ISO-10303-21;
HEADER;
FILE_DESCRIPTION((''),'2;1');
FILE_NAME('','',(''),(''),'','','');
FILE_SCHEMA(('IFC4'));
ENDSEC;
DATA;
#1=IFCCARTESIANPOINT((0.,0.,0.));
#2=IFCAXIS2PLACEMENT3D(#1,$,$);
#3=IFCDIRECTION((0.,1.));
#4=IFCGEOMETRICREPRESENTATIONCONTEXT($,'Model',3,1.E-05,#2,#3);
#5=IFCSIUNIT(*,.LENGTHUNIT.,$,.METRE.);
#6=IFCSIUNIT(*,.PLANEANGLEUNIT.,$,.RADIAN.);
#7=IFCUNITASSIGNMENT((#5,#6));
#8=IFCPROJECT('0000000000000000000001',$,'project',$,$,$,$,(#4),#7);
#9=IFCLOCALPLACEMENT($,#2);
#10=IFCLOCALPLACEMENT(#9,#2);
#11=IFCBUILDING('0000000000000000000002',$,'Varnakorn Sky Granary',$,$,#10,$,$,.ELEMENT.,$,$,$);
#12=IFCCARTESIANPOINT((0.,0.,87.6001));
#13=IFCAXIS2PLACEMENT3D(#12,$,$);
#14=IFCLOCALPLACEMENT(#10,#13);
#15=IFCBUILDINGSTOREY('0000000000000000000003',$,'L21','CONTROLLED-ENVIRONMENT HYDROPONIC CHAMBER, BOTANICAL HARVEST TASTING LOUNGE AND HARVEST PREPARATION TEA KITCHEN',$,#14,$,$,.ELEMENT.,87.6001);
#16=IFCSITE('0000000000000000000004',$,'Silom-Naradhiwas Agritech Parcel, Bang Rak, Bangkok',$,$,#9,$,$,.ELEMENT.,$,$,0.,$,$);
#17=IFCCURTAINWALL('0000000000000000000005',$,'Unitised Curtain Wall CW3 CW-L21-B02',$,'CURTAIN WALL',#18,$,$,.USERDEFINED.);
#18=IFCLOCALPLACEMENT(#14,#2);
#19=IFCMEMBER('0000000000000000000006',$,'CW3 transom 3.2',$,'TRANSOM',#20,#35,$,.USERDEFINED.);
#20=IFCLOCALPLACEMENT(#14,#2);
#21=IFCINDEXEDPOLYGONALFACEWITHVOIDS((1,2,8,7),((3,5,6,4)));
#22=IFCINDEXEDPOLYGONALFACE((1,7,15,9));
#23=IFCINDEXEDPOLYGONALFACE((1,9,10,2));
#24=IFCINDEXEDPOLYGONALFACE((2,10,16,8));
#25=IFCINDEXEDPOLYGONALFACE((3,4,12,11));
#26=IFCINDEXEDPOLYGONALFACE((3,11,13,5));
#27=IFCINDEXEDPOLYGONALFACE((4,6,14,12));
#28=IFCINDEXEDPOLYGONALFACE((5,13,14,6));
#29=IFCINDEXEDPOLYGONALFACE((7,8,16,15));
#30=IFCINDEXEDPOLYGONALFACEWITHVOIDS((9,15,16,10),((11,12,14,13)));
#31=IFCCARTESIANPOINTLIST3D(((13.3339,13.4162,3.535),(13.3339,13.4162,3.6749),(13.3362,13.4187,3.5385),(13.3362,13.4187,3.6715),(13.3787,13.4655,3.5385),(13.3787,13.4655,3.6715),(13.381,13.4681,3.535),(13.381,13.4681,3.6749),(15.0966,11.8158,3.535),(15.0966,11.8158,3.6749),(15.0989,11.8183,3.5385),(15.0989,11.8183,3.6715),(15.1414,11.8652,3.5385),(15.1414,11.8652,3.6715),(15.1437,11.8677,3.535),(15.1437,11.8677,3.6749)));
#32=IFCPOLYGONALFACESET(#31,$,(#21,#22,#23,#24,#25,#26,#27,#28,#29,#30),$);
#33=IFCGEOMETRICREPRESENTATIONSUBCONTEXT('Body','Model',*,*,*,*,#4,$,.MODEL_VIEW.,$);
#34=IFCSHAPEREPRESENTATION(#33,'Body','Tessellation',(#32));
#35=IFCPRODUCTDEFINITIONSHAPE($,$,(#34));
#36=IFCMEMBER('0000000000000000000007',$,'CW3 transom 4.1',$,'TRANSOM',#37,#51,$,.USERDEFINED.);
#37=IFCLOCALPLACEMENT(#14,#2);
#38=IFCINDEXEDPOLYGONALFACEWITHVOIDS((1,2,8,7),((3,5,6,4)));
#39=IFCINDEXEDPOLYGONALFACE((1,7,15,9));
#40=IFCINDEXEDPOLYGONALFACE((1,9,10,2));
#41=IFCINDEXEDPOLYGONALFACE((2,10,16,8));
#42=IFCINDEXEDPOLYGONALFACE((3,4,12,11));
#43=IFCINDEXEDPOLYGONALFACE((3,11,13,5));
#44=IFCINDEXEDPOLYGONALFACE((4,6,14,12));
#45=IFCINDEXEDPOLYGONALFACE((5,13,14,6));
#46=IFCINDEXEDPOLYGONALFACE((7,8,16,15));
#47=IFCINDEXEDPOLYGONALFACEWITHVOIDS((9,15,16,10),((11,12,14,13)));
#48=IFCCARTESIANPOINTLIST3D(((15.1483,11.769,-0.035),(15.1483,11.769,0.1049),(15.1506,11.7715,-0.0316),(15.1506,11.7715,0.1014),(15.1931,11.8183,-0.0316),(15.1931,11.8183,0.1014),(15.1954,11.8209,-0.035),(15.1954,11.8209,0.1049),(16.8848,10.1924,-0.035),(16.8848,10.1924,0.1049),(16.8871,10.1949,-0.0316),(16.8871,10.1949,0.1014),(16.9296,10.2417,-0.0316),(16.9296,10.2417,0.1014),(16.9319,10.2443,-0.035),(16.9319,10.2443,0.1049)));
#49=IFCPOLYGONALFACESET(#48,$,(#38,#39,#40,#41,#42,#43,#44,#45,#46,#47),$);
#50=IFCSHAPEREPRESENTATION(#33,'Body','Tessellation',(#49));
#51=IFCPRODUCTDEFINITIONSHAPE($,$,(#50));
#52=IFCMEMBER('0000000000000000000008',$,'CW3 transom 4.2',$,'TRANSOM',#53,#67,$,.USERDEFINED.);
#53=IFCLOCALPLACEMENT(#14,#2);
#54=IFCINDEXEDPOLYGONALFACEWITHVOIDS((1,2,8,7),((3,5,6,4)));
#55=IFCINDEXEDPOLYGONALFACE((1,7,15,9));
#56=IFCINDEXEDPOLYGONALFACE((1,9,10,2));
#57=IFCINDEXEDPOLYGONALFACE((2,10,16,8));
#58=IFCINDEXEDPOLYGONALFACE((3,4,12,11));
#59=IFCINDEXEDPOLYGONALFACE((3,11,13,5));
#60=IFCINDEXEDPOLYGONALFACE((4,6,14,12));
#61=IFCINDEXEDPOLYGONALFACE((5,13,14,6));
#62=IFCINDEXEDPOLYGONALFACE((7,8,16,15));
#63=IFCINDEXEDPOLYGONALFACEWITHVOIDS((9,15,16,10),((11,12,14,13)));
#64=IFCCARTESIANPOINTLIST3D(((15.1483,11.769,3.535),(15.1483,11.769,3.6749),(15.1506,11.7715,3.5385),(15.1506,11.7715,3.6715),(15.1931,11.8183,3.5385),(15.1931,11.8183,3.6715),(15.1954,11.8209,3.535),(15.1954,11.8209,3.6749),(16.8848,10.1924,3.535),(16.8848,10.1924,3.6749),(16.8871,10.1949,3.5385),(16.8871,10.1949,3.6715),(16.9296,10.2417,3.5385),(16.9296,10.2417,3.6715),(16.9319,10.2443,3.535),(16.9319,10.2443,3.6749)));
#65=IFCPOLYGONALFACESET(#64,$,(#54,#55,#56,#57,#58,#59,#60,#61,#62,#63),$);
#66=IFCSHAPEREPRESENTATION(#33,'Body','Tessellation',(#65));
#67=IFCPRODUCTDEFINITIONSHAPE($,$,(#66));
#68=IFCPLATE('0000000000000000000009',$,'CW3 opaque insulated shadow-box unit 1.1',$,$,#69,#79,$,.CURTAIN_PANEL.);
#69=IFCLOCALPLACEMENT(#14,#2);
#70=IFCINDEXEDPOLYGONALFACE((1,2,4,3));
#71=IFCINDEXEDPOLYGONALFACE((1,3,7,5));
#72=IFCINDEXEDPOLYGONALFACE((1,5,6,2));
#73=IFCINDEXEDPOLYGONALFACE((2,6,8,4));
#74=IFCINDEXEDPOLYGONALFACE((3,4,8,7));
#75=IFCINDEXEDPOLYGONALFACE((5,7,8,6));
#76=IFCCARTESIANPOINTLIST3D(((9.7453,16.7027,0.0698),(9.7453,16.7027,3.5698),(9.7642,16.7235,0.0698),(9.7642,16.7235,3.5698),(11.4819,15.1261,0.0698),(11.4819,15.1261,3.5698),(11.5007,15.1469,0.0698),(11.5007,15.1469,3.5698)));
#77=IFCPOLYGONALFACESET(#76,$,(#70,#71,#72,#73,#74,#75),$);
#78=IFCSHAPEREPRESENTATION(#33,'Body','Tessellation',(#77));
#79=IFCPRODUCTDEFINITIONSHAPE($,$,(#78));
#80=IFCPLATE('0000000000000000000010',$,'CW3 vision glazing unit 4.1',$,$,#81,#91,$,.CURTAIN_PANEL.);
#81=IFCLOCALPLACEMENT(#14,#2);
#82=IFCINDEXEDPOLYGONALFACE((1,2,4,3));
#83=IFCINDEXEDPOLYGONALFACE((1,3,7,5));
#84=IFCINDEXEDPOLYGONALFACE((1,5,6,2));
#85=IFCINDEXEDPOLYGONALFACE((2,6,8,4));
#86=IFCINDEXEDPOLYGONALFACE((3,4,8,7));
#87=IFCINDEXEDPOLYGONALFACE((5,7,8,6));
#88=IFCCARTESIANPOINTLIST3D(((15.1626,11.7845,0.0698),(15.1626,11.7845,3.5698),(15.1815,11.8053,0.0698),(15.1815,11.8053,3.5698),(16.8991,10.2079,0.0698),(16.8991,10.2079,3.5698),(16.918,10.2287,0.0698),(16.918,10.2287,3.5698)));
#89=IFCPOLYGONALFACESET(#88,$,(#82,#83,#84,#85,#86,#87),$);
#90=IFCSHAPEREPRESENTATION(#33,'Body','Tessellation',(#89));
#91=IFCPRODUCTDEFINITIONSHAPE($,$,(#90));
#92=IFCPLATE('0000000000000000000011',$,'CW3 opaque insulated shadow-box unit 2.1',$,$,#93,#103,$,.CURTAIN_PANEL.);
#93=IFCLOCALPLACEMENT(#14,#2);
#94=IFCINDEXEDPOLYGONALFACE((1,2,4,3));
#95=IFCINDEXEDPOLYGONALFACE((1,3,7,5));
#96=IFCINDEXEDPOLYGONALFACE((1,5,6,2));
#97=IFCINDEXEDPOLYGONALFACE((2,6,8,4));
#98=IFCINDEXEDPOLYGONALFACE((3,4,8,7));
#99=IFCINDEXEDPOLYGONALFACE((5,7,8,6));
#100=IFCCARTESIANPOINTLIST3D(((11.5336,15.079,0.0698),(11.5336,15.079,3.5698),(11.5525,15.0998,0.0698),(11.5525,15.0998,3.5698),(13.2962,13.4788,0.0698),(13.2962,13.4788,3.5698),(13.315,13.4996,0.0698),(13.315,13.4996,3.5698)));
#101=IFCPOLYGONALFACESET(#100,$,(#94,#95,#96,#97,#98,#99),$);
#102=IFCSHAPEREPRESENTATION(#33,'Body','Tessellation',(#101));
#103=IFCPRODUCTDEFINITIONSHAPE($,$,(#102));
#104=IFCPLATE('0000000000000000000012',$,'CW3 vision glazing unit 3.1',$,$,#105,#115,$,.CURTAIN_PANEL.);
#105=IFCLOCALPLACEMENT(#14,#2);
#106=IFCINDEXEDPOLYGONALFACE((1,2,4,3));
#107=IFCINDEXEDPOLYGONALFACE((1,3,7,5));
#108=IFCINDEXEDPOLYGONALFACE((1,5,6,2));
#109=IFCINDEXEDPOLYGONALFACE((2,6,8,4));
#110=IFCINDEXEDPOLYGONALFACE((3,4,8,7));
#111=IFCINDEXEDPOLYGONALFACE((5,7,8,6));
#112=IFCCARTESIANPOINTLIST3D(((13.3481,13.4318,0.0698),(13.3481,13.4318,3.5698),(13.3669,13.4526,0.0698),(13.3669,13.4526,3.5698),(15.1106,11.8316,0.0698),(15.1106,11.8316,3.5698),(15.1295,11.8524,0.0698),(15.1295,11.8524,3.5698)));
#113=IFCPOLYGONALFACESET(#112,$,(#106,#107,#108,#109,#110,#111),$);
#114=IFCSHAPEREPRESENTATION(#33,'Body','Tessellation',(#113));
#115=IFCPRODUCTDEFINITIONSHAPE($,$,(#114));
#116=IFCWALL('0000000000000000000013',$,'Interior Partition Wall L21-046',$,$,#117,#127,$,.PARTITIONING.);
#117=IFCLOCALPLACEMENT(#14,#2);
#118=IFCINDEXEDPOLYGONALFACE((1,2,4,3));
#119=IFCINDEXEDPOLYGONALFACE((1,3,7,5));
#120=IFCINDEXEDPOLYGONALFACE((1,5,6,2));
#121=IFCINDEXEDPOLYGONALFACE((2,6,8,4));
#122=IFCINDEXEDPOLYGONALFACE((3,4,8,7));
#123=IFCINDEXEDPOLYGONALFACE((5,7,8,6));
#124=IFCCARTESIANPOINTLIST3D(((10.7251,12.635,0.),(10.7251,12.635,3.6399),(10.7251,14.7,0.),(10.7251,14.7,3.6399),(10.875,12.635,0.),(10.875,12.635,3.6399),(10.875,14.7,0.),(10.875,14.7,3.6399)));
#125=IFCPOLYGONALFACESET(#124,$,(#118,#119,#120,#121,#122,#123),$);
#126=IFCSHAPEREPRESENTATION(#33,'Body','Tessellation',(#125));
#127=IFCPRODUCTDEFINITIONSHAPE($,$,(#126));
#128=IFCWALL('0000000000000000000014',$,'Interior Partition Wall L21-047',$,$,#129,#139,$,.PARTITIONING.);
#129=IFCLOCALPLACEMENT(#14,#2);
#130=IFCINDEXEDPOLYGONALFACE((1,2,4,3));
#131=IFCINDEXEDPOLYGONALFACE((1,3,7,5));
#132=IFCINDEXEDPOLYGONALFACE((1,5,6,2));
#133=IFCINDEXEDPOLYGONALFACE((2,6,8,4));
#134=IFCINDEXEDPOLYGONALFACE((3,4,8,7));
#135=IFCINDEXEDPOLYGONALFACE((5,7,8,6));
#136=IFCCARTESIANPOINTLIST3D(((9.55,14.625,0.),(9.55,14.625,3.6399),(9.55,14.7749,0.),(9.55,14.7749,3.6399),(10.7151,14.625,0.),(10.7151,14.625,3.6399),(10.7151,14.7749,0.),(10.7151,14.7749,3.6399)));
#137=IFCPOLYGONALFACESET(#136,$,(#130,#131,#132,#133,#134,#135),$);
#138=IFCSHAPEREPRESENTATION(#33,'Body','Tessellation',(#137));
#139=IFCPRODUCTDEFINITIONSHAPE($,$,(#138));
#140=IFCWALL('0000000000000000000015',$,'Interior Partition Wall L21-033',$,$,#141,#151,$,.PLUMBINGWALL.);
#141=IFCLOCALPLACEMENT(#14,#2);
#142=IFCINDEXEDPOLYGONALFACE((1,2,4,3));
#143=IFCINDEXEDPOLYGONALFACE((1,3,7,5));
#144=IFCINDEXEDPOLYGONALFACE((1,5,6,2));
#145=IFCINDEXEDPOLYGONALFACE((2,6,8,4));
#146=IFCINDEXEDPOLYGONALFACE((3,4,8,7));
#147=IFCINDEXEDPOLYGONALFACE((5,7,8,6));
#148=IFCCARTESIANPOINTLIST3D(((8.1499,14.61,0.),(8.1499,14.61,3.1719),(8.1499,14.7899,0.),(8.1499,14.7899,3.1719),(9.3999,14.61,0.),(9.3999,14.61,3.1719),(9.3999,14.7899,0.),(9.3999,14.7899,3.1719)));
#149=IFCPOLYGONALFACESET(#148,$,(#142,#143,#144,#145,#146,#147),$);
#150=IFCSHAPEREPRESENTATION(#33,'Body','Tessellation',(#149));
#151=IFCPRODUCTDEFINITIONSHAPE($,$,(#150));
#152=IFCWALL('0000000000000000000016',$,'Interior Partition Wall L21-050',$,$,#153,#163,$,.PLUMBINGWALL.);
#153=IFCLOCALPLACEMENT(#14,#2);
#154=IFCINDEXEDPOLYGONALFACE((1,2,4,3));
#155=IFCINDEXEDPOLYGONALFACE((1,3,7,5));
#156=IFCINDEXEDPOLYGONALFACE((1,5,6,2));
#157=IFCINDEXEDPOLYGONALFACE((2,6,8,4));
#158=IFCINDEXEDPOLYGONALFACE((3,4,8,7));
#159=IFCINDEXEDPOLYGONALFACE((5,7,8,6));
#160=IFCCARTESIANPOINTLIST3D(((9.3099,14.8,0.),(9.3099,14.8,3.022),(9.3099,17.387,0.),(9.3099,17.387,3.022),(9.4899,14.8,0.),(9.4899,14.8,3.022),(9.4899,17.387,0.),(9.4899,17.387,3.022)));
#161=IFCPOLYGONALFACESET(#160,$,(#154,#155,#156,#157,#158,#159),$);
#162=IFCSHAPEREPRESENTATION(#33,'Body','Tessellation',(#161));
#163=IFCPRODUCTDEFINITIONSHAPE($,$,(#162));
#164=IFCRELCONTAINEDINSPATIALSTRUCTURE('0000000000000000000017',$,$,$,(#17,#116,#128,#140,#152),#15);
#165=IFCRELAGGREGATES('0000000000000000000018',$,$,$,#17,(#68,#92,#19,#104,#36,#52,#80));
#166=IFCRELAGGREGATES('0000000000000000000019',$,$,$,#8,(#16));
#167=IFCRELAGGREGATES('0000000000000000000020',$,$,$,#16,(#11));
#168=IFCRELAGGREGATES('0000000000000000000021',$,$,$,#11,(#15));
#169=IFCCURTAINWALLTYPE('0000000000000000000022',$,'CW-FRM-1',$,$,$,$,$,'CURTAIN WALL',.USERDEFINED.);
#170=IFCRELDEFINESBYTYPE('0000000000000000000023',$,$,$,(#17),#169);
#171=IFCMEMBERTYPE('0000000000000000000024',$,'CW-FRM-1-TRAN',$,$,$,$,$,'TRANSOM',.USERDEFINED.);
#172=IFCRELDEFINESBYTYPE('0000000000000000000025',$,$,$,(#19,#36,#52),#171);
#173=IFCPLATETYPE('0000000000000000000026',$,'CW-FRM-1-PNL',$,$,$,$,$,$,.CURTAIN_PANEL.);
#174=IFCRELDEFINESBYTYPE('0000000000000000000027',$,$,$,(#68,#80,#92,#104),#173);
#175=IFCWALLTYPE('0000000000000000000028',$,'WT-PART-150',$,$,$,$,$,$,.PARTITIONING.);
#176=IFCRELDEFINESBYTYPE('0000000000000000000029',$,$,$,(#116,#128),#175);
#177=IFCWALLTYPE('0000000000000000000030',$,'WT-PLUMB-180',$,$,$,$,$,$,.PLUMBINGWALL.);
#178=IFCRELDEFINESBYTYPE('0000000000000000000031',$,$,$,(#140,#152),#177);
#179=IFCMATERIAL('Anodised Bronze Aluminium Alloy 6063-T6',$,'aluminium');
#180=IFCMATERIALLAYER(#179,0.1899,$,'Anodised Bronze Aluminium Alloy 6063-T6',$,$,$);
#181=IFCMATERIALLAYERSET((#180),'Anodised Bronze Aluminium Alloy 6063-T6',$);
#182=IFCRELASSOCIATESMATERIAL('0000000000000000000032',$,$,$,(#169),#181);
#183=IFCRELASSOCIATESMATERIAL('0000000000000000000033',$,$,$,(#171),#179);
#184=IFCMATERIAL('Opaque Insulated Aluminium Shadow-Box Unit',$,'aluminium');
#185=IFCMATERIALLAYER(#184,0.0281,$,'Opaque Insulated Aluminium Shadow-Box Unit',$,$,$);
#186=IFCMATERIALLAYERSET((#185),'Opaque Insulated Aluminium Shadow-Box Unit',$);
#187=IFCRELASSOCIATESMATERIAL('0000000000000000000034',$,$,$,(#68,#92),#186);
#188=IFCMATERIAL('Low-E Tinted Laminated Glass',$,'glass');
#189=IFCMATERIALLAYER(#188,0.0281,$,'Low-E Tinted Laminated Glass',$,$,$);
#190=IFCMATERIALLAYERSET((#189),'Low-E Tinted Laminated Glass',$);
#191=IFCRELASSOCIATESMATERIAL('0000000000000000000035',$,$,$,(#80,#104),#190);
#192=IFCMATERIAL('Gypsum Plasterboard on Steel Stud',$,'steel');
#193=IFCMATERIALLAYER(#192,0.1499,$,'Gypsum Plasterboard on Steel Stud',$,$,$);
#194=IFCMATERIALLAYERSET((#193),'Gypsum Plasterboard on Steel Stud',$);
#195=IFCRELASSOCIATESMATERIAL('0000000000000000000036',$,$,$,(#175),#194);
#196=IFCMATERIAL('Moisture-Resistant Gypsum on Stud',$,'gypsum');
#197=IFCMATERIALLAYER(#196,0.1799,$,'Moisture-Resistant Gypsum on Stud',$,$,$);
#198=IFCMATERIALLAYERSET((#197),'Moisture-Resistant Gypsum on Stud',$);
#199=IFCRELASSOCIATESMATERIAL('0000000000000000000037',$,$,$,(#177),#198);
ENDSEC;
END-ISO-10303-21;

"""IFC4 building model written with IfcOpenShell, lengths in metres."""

from ifc_helpers import new_model, si_unit, direction, frame, frame_2d, origin, origin_2d, place, context, subcontext, project, spatial, rectangle, hollow_rectangle, extrude, source, transform, mapped, material, layer, layer_set, material_profile, profile_set, type_object, type_shapes, element, aggregate, save


model = new_model("IFC4")

# Units and contexts
model_context = context("Model", 3, precision=1e-05, world=origin(), true_north=direction((0.0, 1.0)))
body_context = subcontext(model_context, "Body", "Model", "MODEL_VIEW")
ifc_project = project(units=[si_unit("LENGTHUNIT", "METRE"), si_unit("PLANEANGLEUNIT", "RADIAN")], contexts=[model_context])

# Site, building, storey
site_placement = place(None, origin())
site = spatial("IfcSite", under=ifc_project, at=site_placement, Name="Silom-Naradhiwas Agritech Parcel, Bang Rak, Bangkok", CompositionType="ELEMENT", RefElevation=0.0)
building_placement = place(site_placement, origin())
building = spatial("IfcBuilding", under=site, at=building_placement, Name="Varnakorn Sky Granary", CompositionType="ELEMENT")
storey_placement = place(building_placement, frame((0.0, 0.0, 87.6001)))
storey = spatial("IfcBuildingStorey", under=building, at=storey_placement, Name="L21", Description="CONTROLLED-ENVIRONMENT HYDROPONIC CHAMBER, BOTANICAL HARVEST TASTING LOUNGE AND HARVEST PREPARATION TEA KITCHEN", CompositionType="ELEMENT", Elevation=87.6001)

# Curtain wall, members, plates
ifc_material_1 = material(Name="Anodised Bronze Aluminium Alloy 6063-T6", Category="aluminium")
ifc_layer_1 = layer(ifc_material_1, 0.1899, Name="Anodised Bronze Aluminium Alloy 6063-T6")
ifc_layer_set_1 = layer_set([ifc_layer_1], Name="Anodised Bronze Aluminium Alloy 6063-T6")
curtain_wall_type = type_object("IfcCurtainWallType", Name="CW-FRM-1", ElementType="CURTAIN WALL", PredefinedType="USERDEFINED", material=ifc_layer_set_1)
curtain_wall_placement = place(storey_placement, origin())
curtain_wall = element("IfcCurtainWall", 1, at=curtain_wall_placement, inside=storey, type_object=curtain_wall_type, Name="Unitised Curtain Wall CW3 CW-L21-B02", ObjectType="CURTAIN WALL", PredefinedType="USERDEFINED")
ifc_material_profile_1 = material_profile(ifc_material_1, hollow_rectangle(XDim=0.0701, YDim=0.1399, WallThickness=0.0034, at=origin_2d()), Name="ALU TRAN 70x140")
ifc_profile_set_1 = profile_set([ifc_material_profile_1], Name="Anodised Bronze Aluminium Alloy 6063-T6")
member_type_1 = type_object("IfcMemberType", Name="CW-FRM-1-TRAN", ElementType="TRANSOM", PredefinedType="USERDEFINED", material=ifc_profile_set_1)
member_1_placement = place(storey_placement, frame((13.3574, 13.4421, 3.605), z_axis=(0.740381, -0.672188, 0.0), x_axis=(0.672188, 0.740381, 0.0)))
member_1 = element("IfcMember", 2, at=member_1_placement, type_object=member_type_1, Name="CW3 transom 3.2", ObjectType="TRANSOM", PredefinedType="USERDEFINED", context=body_context, shape_type="SweptSolid", body=[
    extrude(hollow_rectangle(XDim=0.0701, YDim=0.1399, WallThickness=0.0034, at=origin_2d()), origin(), (0.0, 0.0, 1.0), 2.3809),
])
member_2_placement = place(storey_placement, frame((15.1719, 11.7949, 0.0349), z_axis=(0.740373, -0.672196, 0.0), x_axis=(0.672196, 0.740373, 0.0)))
member_2 = element("IfcMember", 3, at=member_2_placement, type_object=member_type_1, Name="CW3 transom 4.1", ObjectType="TRANSOM", PredefinedType="USERDEFINED", context=body_context, shape_type="SweptSolid", body=[
    extrude(hollow_rectangle(XDim=0.0701, YDim=0.1399, WallThickness=0.0034, at=origin_2d()), origin(), (0.0, 0.0, 1.0), 2.3455),
])
member_3_placement = place(storey_placement, frame((15.1719, 11.7949, 3.605), z_axis=(0.740373, -0.672196, 0.0), x_axis=(0.672196, 0.740373, 0.0)))
member_3 = element("IfcMember", 4, at=member_3_placement, type_object=member_type_1, Name="CW3 transom 4.2", ObjectType="TRANSOM", PredefinedType="USERDEFINED", context=body_context, shape_type="SweptSolid", body=[
    extrude(hollow_rectangle(XDim=0.0701, YDim=0.1399, WallThickness=0.0034, at=origin_2d()), origin(), (0.0, 0.0, 1.0), 2.3455),
])
ifc_material_2 = material(Name="Opaque Insulated Aluminium Shadow-Box Unit", Category="aluminium")
ifc_layer_2 = layer(ifc_material_2, 0.0281, Name="Opaque Insulated Aluminium Shadow-Box Unit")
ifc_layer_set_2 = layer_set([ifc_layer_2], Name="Opaque Insulated Aluminium Shadow-Box Unit")
plate_type = type_object("IfcPlateType", Name="CW-FRM-1-PNL", PredefinedType="CURTAIN_PANEL")
shared_shape_1 = source(origin(), body_context, "Body", "SweptSolid", [
    extrude(rectangle(XDim=2.3455, YDim=0.0281, at=origin_2d()), origin(), (0.0, 0.0, 1.0), 3.5),
])
plate_1_placement = place(storey_placement, frame((10.623, 15.9248, 0.0698), z_axis=(0.0, 0.0, 1.0), x_axis=(0.740378, -0.67219, 0.0)))
plate_1 = element("IfcPlate", 5, at=plate_1_placement, type_object=plate_type, material=ifc_layer_set_2, Name="CW3 opaque insulated shadow-box unit 1.1", PredefinedType="CURTAIN_PANEL", context=body_context, shape_type="MappedRepresentation", body=[
    mapped(shared_shape_1, transform((0.0, 0.0, 0.0), x_axis=(1.0, 0.0, 0.0), y_axis=(0.0, 1.0, 0.0), z_axis=(0.0, 0.0, 1.0), scale=1.0)),
])
ifc_material_3 = material(Name="Low-E Tinted Laminated Glass", Category="glass")
ifc_layer_3 = layer(ifc_material_3, 0.0281, Name="Low-E Tinted Laminated Glass")
ifc_layer_set_3 = layer_set([ifc_layer_3], Name="Low-E Tinted Laminated Glass")
plate_2_placement = place(storey_placement, frame((16.0403, 11.0066, 0.0698), z_axis=(0.0, 0.0, 1.0), x_axis=(0.740378, -0.67219, 0.0)))
plate_2 = element("IfcPlate", 6, at=plate_2_placement, type_object=plate_type, material=ifc_layer_set_3, Name="CW3 vision glazing unit 4.1", PredefinedType="CURTAIN_PANEL", context=body_context, shape_type="MappedRepresentation", body=[
    mapped(shared_shape_1, transform((0.0, 0.0, 0.0), x_axis=(1.0, 0.0, 0.0), y_axis=(0.0, 1.0, 0.0), z_axis=(0.0, 0.0, 1.0), scale=1.0)),
])
shared_shape_2 = source(origin(), body_context, "Body", "SweptSolid", [
    extrude(rectangle(XDim=2.3806, YDim=0.0281, at=origin_2d()), origin(), (0.0, 0.0, 1.0), 3.5),
])
type_shapes(plate_type, [shared_shape_1, shared_shape_2])
plate_3_placement = place(storey_placement, frame((12.4243, 14.2893, 0.0698), z_axis=(0.0, 0.0, 1.0), x_axis=(0.740378, -0.67219, 0.0)))
plate_3 = element("IfcPlate", 7, at=plate_3_placement, type_object=plate_type, material=ifc_layer_set_2, Name="CW3 opaque insulated shadow-box unit 2.1", PredefinedType="CURTAIN_PANEL", context=body_context, shape_type="MappedRepresentation", body=[
    mapped(shared_shape_2, transform((0.0, 0.0, 0.0), x_axis=(1.0, 0.0, 0.0), y_axis=(0.0, 1.0, 0.0), z_axis=(0.0, 0.0, 1.0), scale=1.0)),
])
plate_4_placement = place(storey_placement, frame((14.2388, 12.6421, 0.0698), z_axis=(0.0, 0.0, 1.0), x_axis=(0.740378, -0.67219, 0.0)))
plate_4 = element("IfcPlate", 8, at=plate_4_placement, type_object=plate_type, material=ifc_layer_set_3, Name="CW3 vision glazing unit 3.1", PredefinedType="CURTAIN_PANEL", context=body_context, shape_type="MappedRepresentation", body=[
    mapped(shared_shape_2, transform((0.0, 0.0, 0.0), x_axis=(1.0, 0.0, 0.0), y_axis=(0.0, 1.0, 0.0), z_axis=(0.0, 0.0, 1.0), scale=1.0)),
])
aggregate(curtain_wall, [plate_1, plate_3, member_1, plate_4, member_2, member_3, plate_2])

# Walls
ifc_material_4 = material(Name="Gypsum Plasterboard on Steel Stud", Category="steel")
ifc_layer_4 = layer(ifc_material_4, 0.1499, Name="Gypsum Plasterboard on Steel Stud")
ifc_layer_set_4 = layer_set([ifc_layer_4], Name="Gypsum Plasterboard on Steel Stud")
wall_type_1 = type_object("IfcWallType", Name="WT-PART-150", PredefinedType="PARTITIONING", material=ifc_layer_set_4)
wall_1_placement = place(storey_placement, frame((10.8, 12.635, 0.0), z_axis=(0.0, 0.0, 1.0), x_axis=(0.0, 1.0, 0.0)))
element("IfcWall", 9, at=wall_1_placement, inside=storey, type_object=wall_type_1, Name="Interior Partition Wall L21-046", PredefinedType="PARTITIONING", context=body_context, shape_type="SweptSolid", body=[
    extrude(rectangle(XDim=2.0649, YDim=0.1499, at=frame_2d((1.0325, 0.0))), origin(), (0.0, 0.0, 1.0), 3.6399),
])
wall_2_placement = place(storey_placement, frame((10.7151, 14.7, 0.0), z_axis=(0.0, 0.0, 1.0), x_axis=(-1.0, 0.0, 0.0)))
element("IfcWall", 10, at=wall_2_placement, inside=storey, type_object=wall_type_1, Name="Interior Partition Wall L21-047", PredefinedType="PARTITIONING", context=body_context, shape_type="SweptSolid", body=[
    extrude(rectangle(XDim=1.165, YDim=0.1499, at=frame_2d((0.5825, 0.0))), origin(), (0.0, 0.0, 1.0), 3.6399),
])
ifc_material_5 = material(Name="Moisture-Resistant Gypsum on Stud", Category="gypsum")
ifc_layer_5 = layer(ifc_material_5, 0.1799, Name="Moisture-Resistant Gypsum on Stud")
ifc_layer_set_5 = layer_set([ifc_layer_5], Name="Moisture-Resistant Gypsum on Stud")
wall_type_2 = type_object("IfcWallType", Name="WT-PLUMB-180", PredefinedType="PLUMBINGWALL", material=ifc_layer_set_5)
wall_3_placement = place(storey_placement, frame((9.3999, 14.7, 0.0), z_axis=(0.0, 0.0, 1.0), x_axis=(-1.0, 0.0, 0.0)))
element("IfcWall", 11, at=wall_3_placement, inside=storey, type_object=wall_type_2, Name="Interior Partition Wall L21-033", PredefinedType="PLUMBINGWALL", context=body_context, shape_type="SweptSolid", body=[
    extrude(rectangle(XDim=1.25, YDim=0.1799, at=frame_2d((0.625, 0.0))), origin(), (0.0, 0.0, 1.0), 3.1719),
])
wall_4_placement = place(storey_placement, frame((9.3999, 14.8, 0.0), z_axis=(0.0, 0.0, 1.0), x_axis=(0.0, 1.0, 0.0)))
element("IfcWall", 12, at=wall_4_placement, inside=storey, type_object=wall_type_2, Name="Interior Partition Wall L21-050", PredefinedType="PLUMBINGWALL", context=body_context, shape_type="SweptSolid", body=[
    extrude(rectangle(XDim=2.5869, YDim=0.1799, at=frame_2d((1.2935, 0.0))), origin(), (0.0, 0.0, 1.0), 3.022),
])

save(model, "model.ifc")
